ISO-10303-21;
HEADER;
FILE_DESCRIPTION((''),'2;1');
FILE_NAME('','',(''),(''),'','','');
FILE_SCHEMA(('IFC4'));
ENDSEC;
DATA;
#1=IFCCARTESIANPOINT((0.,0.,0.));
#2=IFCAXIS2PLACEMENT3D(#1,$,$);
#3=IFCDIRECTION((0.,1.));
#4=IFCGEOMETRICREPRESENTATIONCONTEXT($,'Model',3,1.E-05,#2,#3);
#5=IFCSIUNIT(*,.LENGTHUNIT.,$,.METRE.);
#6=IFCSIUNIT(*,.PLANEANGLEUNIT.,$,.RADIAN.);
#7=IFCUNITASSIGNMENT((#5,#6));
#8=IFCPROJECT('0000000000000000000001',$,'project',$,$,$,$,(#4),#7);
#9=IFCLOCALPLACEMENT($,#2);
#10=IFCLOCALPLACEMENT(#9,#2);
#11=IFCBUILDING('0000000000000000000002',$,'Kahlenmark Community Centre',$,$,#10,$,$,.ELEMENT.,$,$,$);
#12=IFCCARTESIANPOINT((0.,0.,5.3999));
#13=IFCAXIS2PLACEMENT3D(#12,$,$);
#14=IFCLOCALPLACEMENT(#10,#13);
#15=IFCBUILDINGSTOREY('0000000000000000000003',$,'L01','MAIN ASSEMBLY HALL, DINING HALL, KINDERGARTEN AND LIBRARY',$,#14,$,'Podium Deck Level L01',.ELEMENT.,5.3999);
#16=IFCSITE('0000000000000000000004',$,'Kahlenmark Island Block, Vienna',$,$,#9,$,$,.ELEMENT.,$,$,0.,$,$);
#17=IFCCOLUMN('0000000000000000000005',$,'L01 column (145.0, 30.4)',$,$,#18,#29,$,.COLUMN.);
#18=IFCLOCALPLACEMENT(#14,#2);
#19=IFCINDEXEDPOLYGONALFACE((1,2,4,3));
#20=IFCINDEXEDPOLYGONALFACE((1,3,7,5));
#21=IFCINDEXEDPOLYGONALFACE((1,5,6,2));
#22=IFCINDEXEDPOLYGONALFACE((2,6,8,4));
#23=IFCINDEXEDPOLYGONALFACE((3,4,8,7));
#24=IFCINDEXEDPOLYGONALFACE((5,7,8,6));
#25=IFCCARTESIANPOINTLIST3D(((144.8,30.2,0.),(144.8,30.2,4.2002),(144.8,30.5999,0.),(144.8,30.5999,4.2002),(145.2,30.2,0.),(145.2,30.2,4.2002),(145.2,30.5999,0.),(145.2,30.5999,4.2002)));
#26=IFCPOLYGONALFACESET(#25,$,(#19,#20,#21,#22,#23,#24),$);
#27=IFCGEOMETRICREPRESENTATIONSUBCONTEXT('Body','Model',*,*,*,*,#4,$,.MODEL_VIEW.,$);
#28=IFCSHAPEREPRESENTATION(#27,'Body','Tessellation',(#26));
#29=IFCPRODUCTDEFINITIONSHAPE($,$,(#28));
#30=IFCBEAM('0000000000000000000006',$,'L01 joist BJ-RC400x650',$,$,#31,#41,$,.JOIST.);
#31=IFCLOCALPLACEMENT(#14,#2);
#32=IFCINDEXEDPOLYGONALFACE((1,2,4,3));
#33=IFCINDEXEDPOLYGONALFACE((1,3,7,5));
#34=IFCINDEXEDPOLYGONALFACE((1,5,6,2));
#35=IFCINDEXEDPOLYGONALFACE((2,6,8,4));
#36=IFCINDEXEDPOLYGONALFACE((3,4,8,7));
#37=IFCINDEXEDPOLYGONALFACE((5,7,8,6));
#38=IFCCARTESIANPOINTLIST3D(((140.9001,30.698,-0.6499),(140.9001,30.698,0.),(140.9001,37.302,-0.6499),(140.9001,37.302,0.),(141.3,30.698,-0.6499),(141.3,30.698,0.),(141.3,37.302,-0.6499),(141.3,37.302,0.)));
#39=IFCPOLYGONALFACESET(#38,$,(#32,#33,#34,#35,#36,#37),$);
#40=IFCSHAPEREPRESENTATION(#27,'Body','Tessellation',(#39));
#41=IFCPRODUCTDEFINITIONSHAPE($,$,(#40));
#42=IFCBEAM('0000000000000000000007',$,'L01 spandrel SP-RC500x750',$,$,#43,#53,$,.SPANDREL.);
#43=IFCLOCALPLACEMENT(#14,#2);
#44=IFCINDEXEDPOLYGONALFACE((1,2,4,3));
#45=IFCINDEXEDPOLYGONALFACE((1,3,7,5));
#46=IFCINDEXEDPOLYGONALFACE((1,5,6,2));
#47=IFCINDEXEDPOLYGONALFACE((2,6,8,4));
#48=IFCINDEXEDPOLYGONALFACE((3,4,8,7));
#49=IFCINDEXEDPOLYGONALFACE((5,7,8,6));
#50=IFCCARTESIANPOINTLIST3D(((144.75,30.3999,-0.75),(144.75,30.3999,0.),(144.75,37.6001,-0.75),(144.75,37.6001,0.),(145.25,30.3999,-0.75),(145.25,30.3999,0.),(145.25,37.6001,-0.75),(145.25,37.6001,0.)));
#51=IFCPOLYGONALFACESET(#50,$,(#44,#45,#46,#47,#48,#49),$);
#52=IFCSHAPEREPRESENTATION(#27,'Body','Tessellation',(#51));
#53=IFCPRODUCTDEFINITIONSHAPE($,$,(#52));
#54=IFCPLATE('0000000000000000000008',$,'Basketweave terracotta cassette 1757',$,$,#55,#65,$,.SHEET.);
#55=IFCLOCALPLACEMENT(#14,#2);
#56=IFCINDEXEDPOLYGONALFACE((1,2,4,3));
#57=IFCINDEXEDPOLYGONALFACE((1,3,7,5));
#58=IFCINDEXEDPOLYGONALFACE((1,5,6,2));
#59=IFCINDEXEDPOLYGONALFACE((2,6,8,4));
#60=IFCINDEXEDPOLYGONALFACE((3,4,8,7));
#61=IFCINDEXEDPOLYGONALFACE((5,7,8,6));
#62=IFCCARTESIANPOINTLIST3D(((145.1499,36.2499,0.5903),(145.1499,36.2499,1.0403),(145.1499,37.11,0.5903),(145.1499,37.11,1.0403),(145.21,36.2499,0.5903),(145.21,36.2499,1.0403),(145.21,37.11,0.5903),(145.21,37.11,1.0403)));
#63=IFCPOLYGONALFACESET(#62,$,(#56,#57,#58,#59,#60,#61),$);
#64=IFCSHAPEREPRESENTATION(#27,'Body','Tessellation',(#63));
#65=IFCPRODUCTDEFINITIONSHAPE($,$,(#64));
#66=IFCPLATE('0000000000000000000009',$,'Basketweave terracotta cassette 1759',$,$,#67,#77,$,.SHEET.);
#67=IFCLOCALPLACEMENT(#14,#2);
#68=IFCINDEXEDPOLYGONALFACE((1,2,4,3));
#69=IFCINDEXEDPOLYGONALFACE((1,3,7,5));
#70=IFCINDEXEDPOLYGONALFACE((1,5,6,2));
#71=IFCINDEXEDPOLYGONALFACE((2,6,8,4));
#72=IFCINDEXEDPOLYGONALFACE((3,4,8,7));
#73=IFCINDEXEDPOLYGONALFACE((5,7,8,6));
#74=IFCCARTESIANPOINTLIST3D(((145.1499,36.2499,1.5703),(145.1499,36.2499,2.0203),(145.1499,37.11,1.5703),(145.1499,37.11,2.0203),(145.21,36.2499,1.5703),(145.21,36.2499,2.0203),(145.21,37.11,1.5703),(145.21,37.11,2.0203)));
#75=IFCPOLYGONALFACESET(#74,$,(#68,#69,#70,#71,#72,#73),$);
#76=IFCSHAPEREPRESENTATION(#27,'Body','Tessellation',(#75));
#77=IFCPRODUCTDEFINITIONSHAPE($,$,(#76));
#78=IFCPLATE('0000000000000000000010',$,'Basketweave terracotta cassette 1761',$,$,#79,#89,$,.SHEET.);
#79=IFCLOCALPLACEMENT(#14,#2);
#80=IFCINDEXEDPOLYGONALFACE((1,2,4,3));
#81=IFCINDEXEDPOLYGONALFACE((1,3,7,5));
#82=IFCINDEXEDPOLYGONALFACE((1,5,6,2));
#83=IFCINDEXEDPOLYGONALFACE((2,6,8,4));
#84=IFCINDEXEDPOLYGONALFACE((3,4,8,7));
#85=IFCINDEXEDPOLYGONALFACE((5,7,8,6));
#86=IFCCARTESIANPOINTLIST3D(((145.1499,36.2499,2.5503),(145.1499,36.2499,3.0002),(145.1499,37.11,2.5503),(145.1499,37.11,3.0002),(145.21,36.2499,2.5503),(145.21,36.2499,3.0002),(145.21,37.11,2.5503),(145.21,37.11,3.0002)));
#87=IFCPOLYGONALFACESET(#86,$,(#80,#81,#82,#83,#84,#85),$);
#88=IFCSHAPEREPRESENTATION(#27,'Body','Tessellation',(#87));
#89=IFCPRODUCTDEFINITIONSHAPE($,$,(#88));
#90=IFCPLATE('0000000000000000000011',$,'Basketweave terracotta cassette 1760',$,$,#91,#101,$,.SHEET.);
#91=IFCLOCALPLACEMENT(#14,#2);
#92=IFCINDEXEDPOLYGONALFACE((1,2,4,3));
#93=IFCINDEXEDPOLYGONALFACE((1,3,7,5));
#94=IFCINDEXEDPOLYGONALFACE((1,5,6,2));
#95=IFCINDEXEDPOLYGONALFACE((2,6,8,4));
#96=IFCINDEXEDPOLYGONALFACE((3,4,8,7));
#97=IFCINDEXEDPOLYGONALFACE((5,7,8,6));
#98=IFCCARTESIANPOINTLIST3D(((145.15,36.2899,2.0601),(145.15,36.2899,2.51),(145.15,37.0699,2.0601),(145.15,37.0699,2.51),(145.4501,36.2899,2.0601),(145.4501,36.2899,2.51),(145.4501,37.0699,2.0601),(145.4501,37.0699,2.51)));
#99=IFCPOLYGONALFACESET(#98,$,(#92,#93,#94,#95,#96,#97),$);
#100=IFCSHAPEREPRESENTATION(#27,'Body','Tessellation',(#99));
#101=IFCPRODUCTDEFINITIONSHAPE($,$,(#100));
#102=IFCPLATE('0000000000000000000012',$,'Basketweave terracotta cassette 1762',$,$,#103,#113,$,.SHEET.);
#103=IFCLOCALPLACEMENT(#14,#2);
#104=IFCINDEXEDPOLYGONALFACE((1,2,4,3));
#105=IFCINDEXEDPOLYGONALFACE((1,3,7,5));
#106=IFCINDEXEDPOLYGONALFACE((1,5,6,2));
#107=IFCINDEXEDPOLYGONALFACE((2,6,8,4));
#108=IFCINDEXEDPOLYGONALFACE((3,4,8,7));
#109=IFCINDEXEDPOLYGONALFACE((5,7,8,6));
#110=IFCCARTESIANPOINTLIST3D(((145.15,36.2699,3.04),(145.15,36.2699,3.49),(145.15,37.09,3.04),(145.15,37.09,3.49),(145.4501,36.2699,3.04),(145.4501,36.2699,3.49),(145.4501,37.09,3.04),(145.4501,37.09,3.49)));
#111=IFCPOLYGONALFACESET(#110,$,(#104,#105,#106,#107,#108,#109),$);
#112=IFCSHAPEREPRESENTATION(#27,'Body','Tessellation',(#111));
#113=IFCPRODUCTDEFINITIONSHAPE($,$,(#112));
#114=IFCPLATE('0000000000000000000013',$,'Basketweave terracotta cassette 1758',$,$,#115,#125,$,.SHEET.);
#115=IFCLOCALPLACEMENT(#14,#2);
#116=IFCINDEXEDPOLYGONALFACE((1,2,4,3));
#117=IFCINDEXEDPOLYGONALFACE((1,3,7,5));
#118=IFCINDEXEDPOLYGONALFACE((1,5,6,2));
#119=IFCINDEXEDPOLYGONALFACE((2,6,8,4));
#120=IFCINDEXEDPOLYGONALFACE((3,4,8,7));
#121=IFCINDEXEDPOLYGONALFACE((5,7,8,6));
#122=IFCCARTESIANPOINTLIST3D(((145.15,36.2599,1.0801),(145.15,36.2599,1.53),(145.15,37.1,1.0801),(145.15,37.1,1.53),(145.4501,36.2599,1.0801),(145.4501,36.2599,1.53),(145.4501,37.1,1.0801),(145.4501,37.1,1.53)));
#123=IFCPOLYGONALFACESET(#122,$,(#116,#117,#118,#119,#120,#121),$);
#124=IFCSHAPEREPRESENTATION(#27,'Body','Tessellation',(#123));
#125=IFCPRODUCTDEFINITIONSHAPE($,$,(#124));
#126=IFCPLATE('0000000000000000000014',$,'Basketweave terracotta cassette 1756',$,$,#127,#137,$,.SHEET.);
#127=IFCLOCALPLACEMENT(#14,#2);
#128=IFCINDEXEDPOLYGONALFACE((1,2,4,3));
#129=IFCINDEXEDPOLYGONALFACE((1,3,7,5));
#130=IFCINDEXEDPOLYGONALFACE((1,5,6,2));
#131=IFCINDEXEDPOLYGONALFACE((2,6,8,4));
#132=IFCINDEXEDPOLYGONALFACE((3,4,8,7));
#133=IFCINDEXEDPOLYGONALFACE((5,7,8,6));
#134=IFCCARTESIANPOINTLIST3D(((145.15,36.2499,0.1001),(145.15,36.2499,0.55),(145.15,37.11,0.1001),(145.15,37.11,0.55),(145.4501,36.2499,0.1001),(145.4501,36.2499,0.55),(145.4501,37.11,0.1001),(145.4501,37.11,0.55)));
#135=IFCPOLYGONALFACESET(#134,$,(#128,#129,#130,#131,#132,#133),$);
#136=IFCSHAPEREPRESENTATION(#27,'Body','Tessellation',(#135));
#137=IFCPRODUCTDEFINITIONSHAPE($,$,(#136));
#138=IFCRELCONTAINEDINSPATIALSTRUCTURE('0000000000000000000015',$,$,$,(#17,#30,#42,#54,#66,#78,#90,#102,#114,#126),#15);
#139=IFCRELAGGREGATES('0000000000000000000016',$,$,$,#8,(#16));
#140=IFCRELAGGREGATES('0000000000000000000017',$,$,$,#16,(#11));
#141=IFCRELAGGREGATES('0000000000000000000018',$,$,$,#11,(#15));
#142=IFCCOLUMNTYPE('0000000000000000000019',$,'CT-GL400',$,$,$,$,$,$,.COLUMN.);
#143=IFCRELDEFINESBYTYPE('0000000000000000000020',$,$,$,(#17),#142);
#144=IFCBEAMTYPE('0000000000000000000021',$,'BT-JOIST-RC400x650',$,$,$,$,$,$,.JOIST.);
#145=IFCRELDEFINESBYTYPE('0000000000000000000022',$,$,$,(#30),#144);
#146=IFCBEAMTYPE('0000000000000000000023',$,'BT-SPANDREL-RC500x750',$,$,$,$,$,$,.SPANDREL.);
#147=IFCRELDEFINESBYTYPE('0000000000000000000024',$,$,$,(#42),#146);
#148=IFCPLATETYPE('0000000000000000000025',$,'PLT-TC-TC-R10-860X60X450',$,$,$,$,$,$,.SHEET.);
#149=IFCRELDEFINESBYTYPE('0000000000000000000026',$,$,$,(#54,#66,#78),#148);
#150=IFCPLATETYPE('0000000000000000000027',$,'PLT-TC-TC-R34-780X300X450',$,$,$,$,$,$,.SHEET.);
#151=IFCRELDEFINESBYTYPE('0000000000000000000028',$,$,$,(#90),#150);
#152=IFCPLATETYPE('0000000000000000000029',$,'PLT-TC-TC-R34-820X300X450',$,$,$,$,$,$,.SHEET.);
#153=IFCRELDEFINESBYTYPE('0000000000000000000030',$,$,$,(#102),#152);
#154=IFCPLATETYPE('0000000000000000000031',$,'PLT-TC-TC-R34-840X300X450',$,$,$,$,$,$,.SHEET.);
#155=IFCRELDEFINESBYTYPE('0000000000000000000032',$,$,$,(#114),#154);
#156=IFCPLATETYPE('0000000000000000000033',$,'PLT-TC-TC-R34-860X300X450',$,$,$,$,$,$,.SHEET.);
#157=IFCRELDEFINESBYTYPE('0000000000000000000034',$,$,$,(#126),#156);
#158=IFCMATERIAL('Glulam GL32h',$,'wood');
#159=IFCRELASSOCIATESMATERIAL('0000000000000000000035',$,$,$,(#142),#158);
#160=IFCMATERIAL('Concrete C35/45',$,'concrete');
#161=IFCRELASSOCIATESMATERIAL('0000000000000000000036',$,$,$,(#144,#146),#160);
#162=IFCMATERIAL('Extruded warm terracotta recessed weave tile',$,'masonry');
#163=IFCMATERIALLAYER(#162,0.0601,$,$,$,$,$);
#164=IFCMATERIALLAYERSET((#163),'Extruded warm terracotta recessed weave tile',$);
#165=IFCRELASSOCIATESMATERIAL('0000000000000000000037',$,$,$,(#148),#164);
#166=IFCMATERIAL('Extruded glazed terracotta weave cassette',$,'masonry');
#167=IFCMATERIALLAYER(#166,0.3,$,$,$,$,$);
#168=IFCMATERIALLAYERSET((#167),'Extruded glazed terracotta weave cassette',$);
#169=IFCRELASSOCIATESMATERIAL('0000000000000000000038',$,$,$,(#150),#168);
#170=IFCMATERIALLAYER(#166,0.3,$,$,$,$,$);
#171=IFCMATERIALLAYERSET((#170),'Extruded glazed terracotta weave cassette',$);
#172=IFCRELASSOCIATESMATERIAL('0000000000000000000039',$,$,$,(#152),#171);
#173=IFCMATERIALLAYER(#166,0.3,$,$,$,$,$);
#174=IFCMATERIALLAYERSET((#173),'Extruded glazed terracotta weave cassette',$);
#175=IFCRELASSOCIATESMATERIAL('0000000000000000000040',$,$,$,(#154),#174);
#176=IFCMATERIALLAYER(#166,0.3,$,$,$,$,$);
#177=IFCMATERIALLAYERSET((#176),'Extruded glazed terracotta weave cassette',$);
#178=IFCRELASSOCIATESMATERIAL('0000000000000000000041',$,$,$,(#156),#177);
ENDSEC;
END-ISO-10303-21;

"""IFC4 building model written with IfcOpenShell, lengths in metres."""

from ifc_helpers import new_model, si_unit, direction, frame, origin, origin_2d, place, context, subcontext, project, spatial, rectangle, extrude, material, layer, layer_set, material_profile, profile_set, type_object, element, save


model = new_model("IFC4")

# Units and contexts
model_context = context("Model", 3, precision=1e-05, world=origin(), true_north=direction((0.0, 1.0)))
body_context = subcontext(model_context, "Body", "Model", "MODEL_VIEW")
ifc_project = project(units=[si_unit("LENGTHUNIT", "METRE"), si_unit("PLANEANGLEUNIT", "RADIAN")], contexts=[model_context])

# Site, building, storey
site_placement = place(None, origin())
site = spatial("IfcSite", under=ifc_project, at=site_placement, Name="Kahlenmark Island Block, Vienna", CompositionType="ELEMENT", RefElevation=0.0)
building_placement = place(site_placement, origin())
building = spatial("IfcBuilding", under=site, at=building_placement, Name="Kahlenmark Community Centre", CompositionType="ELEMENT")
storey_placement = place(building_placement, frame((0.0, 0.0, 5.3999)))
storey = spatial("IfcBuildingStorey", under=building, at=storey_placement, Name="L01", Description="MAIN ASSEMBLY HALL, DINING HALL, KINDERGARTEN AND LIBRARY", LongName="Podium Deck Level L01", CompositionType="ELEMENT", Elevation=5.3999)

# Column
ifc_material_1 = material(Name="Glulam GL32h", Category="wood")
ifc_material_profile_1 = material_profile(ifc_material_1, rectangle(XDim=0.3999, YDim=0.3999, at=origin_2d()), Name="GL32h 400x400")
ifc_profile_set_1 = profile_set([ifc_material_profile_1], Name="Glulam GL32h")
column_type = type_object("IfcColumnType", Name="CT-GL400", PredefinedType="COLUMN", material=ifc_profile_set_1)
column_placement = place(storey_placement, frame((145.0, 30.3999, 0.0), z_axis=(0.0, 0.0, 1.0), x_axis=(1.0, 0.0, 0.0)))
element("IfcColumn", 1, at=column_placement, inside=storey, type_object=column_type, Name="L01 column (145.0, 30.4)", PredefinedType="COLUMN", context=body_context, shape_type="SweptSolid", body=[
    extrude(rectangle(XDim=0.3999, YDim=0.3999, at=origin_2d()), origin(), (0.0, 0.0, 1.0), 4.2002),
])

# Beams
ifc_material_2 = material(Name="Concrete C35/45", Category="concrete")
ifc_material_profile_2 = material_profile(ifc_material_2, rectangle(XDim=0.3999, YDim=0.6499, at=origin_2d()), Name="RC 400x650")
ifc_profile_set_2 = profile_set([ifc_material_profile_2], Name="Concrete C35/45")
beam_type_1 = type_object("IfcBeamType", Name="BT-JOIST-RC400x650", PredefinedType="JOIST", material=ifc_profile_set_2)
beam_1_placement = place(storey_placement, frame((141.1001, 30.698, -0.325), z_axis=(0.0, 1.0, 0.0), x_axis=(-1.0, 0.0, 0.0)))
element("IfcBeam", 2, at=beam_1_placement, inside=storey, type_object=beam_type_1, Name="L01 joist BJ-RC400x650", PredefinedType="JOIST", context=body_context, shape_type="SweptSolid", body=[
    extrude(rectangle(XDim=0.3999, YDim=0.6499, at=origin_2d()), origin(), (0.0, 0.0, 1.0), 6.604),
])
ifc_material_profile_3 = material_profile(ifc_material_2, rectangle(XDim=0.5, YDim=0.75, at=origin_2d()), Name="RC 500x750")
ifc_profile_set_3 = profile_set([ifc_material_profile_3], Name="Concrete C35/45")
beam_type_2 = type_object("IfcBeamType", Name="BT-SPANDREL-RC500x750", PredefinedType="SPANDREL", material=ifc_profile_set_3)
beam_2_placement = place(storey_placement, frame((145.0, 30.3999, -0.375), z_axis=(0.0, 1.0, 0.0), x_axis=(-1.0, 0.0, 0.0)))
element("IfcBeam", 3, at=beam_2_placement, inside=storey, type_object=beam_type_2, Name="L01 spandrel SP-RC500x750", PredefinedType="SPANDREL", context=body_context, shape_type="SweptSolid", body=[
    extrude(rectangle(XDim=0.5, YDim=0.75, at=origin_2d()), origin(), (0.0, 0.0, 1.0), 7.2002),
])

# Plates
ifc_material_3 = material(Name="Extruded warm terracotta recessed weave tile", Category="masonry")
ifc_layer_1 = layer(ifc_material_3, 0.0601)
ifc_layer_set_1 = layer_set([ifc_layer_1], Name="Extruded warm terracotta recessed weave tile")
plate_type_1 = type_object("IfcPlateType", Name="PLT-TC-TC-R10-860X60X450", PredefinedType="SHEET", material=ifc_layer_set_1)
for number, where, z_axis, x_axis, name in (
    (4, (145.1799, 36.6799, 0.5903), (0.0, 0.0, 1.0), (0.0, 1.0, 0.0), "Basketweave terracotta cassette 1757"),
    (5, (145.1799, 36.6799, 1.5703), (0.0, 0.0, 1.0), (0.0, 1.0, 0.0), "Basketweave terracotta cassette 1759"),
    (6, (145.1799, 36.6799, 2.5503), (0.0, 0.0, 1.0), (0.0, 1.0, 0.0), "Basketweave terracotta cassette 1761"),
):
    element("IfcPlate", number, at=place(storey_placement, frame(where, z_axis=z_axis, x_axis=x_axis)), inside=storey, type_object=plate_type_1, Name=name, PredefinedType="SHEET", context=body_context, shape_type="SweptSolid", body=[
        extrude(rectangle(XDim=0.8601, YDim=0.0601, at=origin_2d()), origin(), (0.0, 0.0, 1.0), 0.45),
    ])
ifc_material_4 = material(Name="Extruded glazed terracotta weave cassette", Category="masonry")
ifc_layer_2 = layer(ifc_material_4, 0.3)
ifc_layer_set_2 = layer_set([ifc_layer_2], Name="Extruded glazed terracotta weave cassette")
plate_type_2 = type_object("IfcPlateType", Name="PLT-TC-TC-R34-780X300X450", PredefinedType="SHEET", material=ifc_layer_set_2)
plate_1_placement = place(storey_placement, frame((145.3, 36.6799, 2.0601), z_axis=(0.0, 0.0, 1.0), x_axis=(0.0, 1.0, 0.0)))
element("IfcPlate", 7, at=plate_1_placement, inside=storey, type_object=plate_type_2, Name="Basketweave terracotta cassette 1760", PredefinedType="SHEET", context=body_context, shape_type="SweptSolid", body=[
    extrude(rectangle(XDim=0.78, YDim=0.3, at=origin_2d()), origin(), (0.0, 0.0, 1.0), 0.45),
])
ifc_layer_3 = layer(ifc_material_4, 0.3)
ifc_layer_set_3 = layer_set([ifc_layer_3], Name="Extruded glazed terracotta weave cassette")
plate_type_3 = type_object("IfcPlateType", Name="PLT-TC-TC-R34-820X300X450", PredefinedType="SHEET", material=ifc_layer_set_3)
plate_2_placement = place(storey_placement, frame((145.3, 36.6799, 3.04), z_axis=(0.0, 0.0, 1.0), x_axis=(0.0, 1.0, 0.0)))
element("IfcPlate", 8, at=plate_2_placement, inside=storey, type_object=plate_type_3, Name="Basketweave terracotta cassette 1762", PredefinedType="SHEET", context=body_context, shape_type="SweptSolid", body=[
    extrude(rectangle(XDim=0.8201, YDim=0.3, at=origin_2d()), origin(), (0.0, 0.0, 1.0), 0.45),
])
ifc_layer_4 = layer(ifc_material_4, 0.3)
ifc_layer_set_4 = layer_set([ifc_layer_4], Name="Extruded glazed terracotta weave cassette")
plate_type_4 = type_object("IfcPlateType", Name="PLT-TC-TC-R34-840X300X450", PredefinedType="SHEET", material=ifc_layer_set_4)
plate_3_placement = place(storey_placement, frame((145.3, 36.6799, 1.0801), z_axis=(0.0, 0.0, 1.0), x_axis=(0.0, 1.0, 0.0)))
element("IfcPlate", 9, at=plate_3_placement, inside=storey, type_object=plate_type_4, Name="Basketweave terracotta cassette 1758", PredefinedType="SHEET", context=body_context, shape_type="SweptSolid", body=[
    extrude(rectangle(XDim=0.8401, YDim=0.3, at=origin_2d()), origin(), (0.0, 0.0, 1.0), 0.45),
])
ifc_layer_5 = layer(ifc_material_4, 0.3)
ifc_layer_set_5 = layer_set([ifc_layer_5], Name="Extruded glazed terracotta weave cassette")
plate_type_5 = type_object("IfcPlateType", Name="PLT-TC-TC-R34-860X300X450", PredefinedType="SHEET", material=ifc_layer_set_5)
plate_4_placement = place(storey_placement, frame((145.3, 36.6799, 0.1001), z_axis=(0.0, 0.0, 1.0), x_axis=(0.0, 1.0, 0.0)))
element("IfcPlate", 10, at=plate_4_placement, inside=storey, type_object=plate_type_5, Name="Basketweave terracotta cassette 1756", PredefinedType="SHEET", context=body_context, shape_type="SweptSolid", body=[
    extrude(rectangle(XDim=0.8601, YDim=0.3, at=origin_2d()), origin(), (0.0, 0.0, 1.0), 0.45),
])

save(model, "model.ifc")
